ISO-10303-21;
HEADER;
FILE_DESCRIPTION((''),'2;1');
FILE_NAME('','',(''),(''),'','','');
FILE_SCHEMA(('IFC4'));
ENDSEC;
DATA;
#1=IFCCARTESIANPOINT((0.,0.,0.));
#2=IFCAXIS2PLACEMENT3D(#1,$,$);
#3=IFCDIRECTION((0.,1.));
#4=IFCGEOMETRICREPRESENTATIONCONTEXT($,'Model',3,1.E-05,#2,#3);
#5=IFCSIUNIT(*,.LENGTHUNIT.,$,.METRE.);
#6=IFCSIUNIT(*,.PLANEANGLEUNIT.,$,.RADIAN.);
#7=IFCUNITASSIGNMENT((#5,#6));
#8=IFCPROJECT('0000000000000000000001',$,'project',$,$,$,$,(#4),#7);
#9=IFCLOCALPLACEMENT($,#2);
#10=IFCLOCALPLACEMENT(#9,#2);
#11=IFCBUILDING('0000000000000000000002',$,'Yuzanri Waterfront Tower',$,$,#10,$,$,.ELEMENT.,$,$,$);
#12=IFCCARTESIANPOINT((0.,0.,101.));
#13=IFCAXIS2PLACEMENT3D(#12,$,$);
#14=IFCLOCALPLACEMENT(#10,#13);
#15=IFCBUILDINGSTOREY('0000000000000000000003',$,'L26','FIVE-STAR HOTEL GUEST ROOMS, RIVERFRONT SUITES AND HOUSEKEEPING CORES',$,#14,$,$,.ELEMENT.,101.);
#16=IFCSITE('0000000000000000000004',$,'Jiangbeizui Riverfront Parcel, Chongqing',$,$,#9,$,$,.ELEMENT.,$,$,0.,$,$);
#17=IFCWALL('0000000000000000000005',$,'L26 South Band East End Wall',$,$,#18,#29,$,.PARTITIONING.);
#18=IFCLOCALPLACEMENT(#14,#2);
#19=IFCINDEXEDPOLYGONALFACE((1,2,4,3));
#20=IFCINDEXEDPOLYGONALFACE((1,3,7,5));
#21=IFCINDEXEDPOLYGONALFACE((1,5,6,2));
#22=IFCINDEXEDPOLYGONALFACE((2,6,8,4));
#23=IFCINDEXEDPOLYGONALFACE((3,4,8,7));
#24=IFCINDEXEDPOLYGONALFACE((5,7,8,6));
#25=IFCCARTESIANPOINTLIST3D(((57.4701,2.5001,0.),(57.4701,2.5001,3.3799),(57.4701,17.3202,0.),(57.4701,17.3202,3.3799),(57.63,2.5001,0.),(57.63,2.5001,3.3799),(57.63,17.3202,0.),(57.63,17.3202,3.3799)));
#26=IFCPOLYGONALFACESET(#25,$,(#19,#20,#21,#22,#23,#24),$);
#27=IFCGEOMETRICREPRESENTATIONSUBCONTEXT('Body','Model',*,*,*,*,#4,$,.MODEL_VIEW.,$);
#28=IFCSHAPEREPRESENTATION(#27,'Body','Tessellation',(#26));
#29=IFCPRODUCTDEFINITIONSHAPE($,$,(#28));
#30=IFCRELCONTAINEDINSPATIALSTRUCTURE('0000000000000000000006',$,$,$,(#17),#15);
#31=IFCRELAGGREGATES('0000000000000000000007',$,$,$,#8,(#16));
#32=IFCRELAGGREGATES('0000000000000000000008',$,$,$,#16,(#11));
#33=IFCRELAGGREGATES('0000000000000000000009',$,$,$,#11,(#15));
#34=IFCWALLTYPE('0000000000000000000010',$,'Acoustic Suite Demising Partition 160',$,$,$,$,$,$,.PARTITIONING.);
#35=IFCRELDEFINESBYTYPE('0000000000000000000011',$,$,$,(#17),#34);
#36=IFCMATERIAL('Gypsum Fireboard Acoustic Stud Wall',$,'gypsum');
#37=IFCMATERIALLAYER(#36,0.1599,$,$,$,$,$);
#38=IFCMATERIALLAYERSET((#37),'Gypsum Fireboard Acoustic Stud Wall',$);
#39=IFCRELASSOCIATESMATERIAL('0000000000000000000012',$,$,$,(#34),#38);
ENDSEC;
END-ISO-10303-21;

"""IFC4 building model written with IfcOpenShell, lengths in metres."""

from ifc_helpers import new_model, si_unit, direction, frame, frame_2d, origin, place, context, subcontext, project, spatial, rectangle, extrude, source, transform, mapped, material, layer, layer_set, type_object, element, save


model = new_model("IFC4")

# Units and contexts
model_context = context("Model", 3, precision=1e-05, world=origin(), true_north=direction((0.0, 1.0)))
body_context = subcontext(model_context, "Body", "Model", "MODEL_VIEW")
ifc_project = project(units=[si_unit("LENGTHUNIT", "METRE"), si_unit("PLANEANGLEUNIT", "RADIAN")], contexts=[model_context])

# Site, building, storey
site_placement = place(None, origin())
site = spatial("IfcSite", under=ifc_project, at=site_placement, Name="Jiangbeizui Riverfront Parcel, Chongqing", CompositionType="ELEMENT", RefElevation=0.0)
building_placement = place(site_placement, origin())
building = spatial("IfcBuilding", under=site, at=building_placement, Name="Yuzanri Waterfront Tower", CompositionType="ELEMENT")
storey_placement = place(building_placement, frame((0.0, 0.0, 101.0)))
storey = spatial("IfcBuildingStorey", under=building, at=storey_placement, Name="L26", Description="FIVE-STAR HOTEL GUEST ROOMS, RIVERFRONT SUITES AND HOUSEKEEPING CORES", CompositionType="ELEMENT", Elevation=101.0)

# Wall
ifc_material_1 = material(Name="Gypsum Fireboard Acoustic Stud Wall", Category="gypsum")
ifc_layer_1 = layer(ifc_material_1, 0.1599)
ifc_layer_set_1 = layer_set([ifc_layer_1], Name="Gypsum Fireboard Acoustic Stud Wall")
wall_type_1 = type_object("IfcWallType", Name="Acoustic Suite Demising Partition 160", PredefinedType="PARTITIONING", material=ifc_layer_set_1)
shared_shape_1 = source(origin(), body_context, "Body", "SweptSolid", [
    extrude(rectangle(XDim=14.8201, YDim=0.1599, at=frame_2d((7.4102, 0.0))), origin(), (0.0, 0.0, 1.0), 3.3799),
])
wall_1_placement = place(storey_placement, frame((57.55, 2.5, 0.0), z_axis=(0.0, 0.0, 1.0), x_axis=(0.0, 1.0, 0.0)))
element("IfcWall", 1, at=wall_1_placement, inside=storey, type_object=wall_type_1, Name="L26 South Band East End Wall", PredefinedType="PARTITIONING", context=body_context, shape_type="MappedRepresentation", body=[
    mapped(shared_shape_1, transform((0.0, 0.0, 0.0), scale=1.0)),
])

save(model, "model.ifc")
